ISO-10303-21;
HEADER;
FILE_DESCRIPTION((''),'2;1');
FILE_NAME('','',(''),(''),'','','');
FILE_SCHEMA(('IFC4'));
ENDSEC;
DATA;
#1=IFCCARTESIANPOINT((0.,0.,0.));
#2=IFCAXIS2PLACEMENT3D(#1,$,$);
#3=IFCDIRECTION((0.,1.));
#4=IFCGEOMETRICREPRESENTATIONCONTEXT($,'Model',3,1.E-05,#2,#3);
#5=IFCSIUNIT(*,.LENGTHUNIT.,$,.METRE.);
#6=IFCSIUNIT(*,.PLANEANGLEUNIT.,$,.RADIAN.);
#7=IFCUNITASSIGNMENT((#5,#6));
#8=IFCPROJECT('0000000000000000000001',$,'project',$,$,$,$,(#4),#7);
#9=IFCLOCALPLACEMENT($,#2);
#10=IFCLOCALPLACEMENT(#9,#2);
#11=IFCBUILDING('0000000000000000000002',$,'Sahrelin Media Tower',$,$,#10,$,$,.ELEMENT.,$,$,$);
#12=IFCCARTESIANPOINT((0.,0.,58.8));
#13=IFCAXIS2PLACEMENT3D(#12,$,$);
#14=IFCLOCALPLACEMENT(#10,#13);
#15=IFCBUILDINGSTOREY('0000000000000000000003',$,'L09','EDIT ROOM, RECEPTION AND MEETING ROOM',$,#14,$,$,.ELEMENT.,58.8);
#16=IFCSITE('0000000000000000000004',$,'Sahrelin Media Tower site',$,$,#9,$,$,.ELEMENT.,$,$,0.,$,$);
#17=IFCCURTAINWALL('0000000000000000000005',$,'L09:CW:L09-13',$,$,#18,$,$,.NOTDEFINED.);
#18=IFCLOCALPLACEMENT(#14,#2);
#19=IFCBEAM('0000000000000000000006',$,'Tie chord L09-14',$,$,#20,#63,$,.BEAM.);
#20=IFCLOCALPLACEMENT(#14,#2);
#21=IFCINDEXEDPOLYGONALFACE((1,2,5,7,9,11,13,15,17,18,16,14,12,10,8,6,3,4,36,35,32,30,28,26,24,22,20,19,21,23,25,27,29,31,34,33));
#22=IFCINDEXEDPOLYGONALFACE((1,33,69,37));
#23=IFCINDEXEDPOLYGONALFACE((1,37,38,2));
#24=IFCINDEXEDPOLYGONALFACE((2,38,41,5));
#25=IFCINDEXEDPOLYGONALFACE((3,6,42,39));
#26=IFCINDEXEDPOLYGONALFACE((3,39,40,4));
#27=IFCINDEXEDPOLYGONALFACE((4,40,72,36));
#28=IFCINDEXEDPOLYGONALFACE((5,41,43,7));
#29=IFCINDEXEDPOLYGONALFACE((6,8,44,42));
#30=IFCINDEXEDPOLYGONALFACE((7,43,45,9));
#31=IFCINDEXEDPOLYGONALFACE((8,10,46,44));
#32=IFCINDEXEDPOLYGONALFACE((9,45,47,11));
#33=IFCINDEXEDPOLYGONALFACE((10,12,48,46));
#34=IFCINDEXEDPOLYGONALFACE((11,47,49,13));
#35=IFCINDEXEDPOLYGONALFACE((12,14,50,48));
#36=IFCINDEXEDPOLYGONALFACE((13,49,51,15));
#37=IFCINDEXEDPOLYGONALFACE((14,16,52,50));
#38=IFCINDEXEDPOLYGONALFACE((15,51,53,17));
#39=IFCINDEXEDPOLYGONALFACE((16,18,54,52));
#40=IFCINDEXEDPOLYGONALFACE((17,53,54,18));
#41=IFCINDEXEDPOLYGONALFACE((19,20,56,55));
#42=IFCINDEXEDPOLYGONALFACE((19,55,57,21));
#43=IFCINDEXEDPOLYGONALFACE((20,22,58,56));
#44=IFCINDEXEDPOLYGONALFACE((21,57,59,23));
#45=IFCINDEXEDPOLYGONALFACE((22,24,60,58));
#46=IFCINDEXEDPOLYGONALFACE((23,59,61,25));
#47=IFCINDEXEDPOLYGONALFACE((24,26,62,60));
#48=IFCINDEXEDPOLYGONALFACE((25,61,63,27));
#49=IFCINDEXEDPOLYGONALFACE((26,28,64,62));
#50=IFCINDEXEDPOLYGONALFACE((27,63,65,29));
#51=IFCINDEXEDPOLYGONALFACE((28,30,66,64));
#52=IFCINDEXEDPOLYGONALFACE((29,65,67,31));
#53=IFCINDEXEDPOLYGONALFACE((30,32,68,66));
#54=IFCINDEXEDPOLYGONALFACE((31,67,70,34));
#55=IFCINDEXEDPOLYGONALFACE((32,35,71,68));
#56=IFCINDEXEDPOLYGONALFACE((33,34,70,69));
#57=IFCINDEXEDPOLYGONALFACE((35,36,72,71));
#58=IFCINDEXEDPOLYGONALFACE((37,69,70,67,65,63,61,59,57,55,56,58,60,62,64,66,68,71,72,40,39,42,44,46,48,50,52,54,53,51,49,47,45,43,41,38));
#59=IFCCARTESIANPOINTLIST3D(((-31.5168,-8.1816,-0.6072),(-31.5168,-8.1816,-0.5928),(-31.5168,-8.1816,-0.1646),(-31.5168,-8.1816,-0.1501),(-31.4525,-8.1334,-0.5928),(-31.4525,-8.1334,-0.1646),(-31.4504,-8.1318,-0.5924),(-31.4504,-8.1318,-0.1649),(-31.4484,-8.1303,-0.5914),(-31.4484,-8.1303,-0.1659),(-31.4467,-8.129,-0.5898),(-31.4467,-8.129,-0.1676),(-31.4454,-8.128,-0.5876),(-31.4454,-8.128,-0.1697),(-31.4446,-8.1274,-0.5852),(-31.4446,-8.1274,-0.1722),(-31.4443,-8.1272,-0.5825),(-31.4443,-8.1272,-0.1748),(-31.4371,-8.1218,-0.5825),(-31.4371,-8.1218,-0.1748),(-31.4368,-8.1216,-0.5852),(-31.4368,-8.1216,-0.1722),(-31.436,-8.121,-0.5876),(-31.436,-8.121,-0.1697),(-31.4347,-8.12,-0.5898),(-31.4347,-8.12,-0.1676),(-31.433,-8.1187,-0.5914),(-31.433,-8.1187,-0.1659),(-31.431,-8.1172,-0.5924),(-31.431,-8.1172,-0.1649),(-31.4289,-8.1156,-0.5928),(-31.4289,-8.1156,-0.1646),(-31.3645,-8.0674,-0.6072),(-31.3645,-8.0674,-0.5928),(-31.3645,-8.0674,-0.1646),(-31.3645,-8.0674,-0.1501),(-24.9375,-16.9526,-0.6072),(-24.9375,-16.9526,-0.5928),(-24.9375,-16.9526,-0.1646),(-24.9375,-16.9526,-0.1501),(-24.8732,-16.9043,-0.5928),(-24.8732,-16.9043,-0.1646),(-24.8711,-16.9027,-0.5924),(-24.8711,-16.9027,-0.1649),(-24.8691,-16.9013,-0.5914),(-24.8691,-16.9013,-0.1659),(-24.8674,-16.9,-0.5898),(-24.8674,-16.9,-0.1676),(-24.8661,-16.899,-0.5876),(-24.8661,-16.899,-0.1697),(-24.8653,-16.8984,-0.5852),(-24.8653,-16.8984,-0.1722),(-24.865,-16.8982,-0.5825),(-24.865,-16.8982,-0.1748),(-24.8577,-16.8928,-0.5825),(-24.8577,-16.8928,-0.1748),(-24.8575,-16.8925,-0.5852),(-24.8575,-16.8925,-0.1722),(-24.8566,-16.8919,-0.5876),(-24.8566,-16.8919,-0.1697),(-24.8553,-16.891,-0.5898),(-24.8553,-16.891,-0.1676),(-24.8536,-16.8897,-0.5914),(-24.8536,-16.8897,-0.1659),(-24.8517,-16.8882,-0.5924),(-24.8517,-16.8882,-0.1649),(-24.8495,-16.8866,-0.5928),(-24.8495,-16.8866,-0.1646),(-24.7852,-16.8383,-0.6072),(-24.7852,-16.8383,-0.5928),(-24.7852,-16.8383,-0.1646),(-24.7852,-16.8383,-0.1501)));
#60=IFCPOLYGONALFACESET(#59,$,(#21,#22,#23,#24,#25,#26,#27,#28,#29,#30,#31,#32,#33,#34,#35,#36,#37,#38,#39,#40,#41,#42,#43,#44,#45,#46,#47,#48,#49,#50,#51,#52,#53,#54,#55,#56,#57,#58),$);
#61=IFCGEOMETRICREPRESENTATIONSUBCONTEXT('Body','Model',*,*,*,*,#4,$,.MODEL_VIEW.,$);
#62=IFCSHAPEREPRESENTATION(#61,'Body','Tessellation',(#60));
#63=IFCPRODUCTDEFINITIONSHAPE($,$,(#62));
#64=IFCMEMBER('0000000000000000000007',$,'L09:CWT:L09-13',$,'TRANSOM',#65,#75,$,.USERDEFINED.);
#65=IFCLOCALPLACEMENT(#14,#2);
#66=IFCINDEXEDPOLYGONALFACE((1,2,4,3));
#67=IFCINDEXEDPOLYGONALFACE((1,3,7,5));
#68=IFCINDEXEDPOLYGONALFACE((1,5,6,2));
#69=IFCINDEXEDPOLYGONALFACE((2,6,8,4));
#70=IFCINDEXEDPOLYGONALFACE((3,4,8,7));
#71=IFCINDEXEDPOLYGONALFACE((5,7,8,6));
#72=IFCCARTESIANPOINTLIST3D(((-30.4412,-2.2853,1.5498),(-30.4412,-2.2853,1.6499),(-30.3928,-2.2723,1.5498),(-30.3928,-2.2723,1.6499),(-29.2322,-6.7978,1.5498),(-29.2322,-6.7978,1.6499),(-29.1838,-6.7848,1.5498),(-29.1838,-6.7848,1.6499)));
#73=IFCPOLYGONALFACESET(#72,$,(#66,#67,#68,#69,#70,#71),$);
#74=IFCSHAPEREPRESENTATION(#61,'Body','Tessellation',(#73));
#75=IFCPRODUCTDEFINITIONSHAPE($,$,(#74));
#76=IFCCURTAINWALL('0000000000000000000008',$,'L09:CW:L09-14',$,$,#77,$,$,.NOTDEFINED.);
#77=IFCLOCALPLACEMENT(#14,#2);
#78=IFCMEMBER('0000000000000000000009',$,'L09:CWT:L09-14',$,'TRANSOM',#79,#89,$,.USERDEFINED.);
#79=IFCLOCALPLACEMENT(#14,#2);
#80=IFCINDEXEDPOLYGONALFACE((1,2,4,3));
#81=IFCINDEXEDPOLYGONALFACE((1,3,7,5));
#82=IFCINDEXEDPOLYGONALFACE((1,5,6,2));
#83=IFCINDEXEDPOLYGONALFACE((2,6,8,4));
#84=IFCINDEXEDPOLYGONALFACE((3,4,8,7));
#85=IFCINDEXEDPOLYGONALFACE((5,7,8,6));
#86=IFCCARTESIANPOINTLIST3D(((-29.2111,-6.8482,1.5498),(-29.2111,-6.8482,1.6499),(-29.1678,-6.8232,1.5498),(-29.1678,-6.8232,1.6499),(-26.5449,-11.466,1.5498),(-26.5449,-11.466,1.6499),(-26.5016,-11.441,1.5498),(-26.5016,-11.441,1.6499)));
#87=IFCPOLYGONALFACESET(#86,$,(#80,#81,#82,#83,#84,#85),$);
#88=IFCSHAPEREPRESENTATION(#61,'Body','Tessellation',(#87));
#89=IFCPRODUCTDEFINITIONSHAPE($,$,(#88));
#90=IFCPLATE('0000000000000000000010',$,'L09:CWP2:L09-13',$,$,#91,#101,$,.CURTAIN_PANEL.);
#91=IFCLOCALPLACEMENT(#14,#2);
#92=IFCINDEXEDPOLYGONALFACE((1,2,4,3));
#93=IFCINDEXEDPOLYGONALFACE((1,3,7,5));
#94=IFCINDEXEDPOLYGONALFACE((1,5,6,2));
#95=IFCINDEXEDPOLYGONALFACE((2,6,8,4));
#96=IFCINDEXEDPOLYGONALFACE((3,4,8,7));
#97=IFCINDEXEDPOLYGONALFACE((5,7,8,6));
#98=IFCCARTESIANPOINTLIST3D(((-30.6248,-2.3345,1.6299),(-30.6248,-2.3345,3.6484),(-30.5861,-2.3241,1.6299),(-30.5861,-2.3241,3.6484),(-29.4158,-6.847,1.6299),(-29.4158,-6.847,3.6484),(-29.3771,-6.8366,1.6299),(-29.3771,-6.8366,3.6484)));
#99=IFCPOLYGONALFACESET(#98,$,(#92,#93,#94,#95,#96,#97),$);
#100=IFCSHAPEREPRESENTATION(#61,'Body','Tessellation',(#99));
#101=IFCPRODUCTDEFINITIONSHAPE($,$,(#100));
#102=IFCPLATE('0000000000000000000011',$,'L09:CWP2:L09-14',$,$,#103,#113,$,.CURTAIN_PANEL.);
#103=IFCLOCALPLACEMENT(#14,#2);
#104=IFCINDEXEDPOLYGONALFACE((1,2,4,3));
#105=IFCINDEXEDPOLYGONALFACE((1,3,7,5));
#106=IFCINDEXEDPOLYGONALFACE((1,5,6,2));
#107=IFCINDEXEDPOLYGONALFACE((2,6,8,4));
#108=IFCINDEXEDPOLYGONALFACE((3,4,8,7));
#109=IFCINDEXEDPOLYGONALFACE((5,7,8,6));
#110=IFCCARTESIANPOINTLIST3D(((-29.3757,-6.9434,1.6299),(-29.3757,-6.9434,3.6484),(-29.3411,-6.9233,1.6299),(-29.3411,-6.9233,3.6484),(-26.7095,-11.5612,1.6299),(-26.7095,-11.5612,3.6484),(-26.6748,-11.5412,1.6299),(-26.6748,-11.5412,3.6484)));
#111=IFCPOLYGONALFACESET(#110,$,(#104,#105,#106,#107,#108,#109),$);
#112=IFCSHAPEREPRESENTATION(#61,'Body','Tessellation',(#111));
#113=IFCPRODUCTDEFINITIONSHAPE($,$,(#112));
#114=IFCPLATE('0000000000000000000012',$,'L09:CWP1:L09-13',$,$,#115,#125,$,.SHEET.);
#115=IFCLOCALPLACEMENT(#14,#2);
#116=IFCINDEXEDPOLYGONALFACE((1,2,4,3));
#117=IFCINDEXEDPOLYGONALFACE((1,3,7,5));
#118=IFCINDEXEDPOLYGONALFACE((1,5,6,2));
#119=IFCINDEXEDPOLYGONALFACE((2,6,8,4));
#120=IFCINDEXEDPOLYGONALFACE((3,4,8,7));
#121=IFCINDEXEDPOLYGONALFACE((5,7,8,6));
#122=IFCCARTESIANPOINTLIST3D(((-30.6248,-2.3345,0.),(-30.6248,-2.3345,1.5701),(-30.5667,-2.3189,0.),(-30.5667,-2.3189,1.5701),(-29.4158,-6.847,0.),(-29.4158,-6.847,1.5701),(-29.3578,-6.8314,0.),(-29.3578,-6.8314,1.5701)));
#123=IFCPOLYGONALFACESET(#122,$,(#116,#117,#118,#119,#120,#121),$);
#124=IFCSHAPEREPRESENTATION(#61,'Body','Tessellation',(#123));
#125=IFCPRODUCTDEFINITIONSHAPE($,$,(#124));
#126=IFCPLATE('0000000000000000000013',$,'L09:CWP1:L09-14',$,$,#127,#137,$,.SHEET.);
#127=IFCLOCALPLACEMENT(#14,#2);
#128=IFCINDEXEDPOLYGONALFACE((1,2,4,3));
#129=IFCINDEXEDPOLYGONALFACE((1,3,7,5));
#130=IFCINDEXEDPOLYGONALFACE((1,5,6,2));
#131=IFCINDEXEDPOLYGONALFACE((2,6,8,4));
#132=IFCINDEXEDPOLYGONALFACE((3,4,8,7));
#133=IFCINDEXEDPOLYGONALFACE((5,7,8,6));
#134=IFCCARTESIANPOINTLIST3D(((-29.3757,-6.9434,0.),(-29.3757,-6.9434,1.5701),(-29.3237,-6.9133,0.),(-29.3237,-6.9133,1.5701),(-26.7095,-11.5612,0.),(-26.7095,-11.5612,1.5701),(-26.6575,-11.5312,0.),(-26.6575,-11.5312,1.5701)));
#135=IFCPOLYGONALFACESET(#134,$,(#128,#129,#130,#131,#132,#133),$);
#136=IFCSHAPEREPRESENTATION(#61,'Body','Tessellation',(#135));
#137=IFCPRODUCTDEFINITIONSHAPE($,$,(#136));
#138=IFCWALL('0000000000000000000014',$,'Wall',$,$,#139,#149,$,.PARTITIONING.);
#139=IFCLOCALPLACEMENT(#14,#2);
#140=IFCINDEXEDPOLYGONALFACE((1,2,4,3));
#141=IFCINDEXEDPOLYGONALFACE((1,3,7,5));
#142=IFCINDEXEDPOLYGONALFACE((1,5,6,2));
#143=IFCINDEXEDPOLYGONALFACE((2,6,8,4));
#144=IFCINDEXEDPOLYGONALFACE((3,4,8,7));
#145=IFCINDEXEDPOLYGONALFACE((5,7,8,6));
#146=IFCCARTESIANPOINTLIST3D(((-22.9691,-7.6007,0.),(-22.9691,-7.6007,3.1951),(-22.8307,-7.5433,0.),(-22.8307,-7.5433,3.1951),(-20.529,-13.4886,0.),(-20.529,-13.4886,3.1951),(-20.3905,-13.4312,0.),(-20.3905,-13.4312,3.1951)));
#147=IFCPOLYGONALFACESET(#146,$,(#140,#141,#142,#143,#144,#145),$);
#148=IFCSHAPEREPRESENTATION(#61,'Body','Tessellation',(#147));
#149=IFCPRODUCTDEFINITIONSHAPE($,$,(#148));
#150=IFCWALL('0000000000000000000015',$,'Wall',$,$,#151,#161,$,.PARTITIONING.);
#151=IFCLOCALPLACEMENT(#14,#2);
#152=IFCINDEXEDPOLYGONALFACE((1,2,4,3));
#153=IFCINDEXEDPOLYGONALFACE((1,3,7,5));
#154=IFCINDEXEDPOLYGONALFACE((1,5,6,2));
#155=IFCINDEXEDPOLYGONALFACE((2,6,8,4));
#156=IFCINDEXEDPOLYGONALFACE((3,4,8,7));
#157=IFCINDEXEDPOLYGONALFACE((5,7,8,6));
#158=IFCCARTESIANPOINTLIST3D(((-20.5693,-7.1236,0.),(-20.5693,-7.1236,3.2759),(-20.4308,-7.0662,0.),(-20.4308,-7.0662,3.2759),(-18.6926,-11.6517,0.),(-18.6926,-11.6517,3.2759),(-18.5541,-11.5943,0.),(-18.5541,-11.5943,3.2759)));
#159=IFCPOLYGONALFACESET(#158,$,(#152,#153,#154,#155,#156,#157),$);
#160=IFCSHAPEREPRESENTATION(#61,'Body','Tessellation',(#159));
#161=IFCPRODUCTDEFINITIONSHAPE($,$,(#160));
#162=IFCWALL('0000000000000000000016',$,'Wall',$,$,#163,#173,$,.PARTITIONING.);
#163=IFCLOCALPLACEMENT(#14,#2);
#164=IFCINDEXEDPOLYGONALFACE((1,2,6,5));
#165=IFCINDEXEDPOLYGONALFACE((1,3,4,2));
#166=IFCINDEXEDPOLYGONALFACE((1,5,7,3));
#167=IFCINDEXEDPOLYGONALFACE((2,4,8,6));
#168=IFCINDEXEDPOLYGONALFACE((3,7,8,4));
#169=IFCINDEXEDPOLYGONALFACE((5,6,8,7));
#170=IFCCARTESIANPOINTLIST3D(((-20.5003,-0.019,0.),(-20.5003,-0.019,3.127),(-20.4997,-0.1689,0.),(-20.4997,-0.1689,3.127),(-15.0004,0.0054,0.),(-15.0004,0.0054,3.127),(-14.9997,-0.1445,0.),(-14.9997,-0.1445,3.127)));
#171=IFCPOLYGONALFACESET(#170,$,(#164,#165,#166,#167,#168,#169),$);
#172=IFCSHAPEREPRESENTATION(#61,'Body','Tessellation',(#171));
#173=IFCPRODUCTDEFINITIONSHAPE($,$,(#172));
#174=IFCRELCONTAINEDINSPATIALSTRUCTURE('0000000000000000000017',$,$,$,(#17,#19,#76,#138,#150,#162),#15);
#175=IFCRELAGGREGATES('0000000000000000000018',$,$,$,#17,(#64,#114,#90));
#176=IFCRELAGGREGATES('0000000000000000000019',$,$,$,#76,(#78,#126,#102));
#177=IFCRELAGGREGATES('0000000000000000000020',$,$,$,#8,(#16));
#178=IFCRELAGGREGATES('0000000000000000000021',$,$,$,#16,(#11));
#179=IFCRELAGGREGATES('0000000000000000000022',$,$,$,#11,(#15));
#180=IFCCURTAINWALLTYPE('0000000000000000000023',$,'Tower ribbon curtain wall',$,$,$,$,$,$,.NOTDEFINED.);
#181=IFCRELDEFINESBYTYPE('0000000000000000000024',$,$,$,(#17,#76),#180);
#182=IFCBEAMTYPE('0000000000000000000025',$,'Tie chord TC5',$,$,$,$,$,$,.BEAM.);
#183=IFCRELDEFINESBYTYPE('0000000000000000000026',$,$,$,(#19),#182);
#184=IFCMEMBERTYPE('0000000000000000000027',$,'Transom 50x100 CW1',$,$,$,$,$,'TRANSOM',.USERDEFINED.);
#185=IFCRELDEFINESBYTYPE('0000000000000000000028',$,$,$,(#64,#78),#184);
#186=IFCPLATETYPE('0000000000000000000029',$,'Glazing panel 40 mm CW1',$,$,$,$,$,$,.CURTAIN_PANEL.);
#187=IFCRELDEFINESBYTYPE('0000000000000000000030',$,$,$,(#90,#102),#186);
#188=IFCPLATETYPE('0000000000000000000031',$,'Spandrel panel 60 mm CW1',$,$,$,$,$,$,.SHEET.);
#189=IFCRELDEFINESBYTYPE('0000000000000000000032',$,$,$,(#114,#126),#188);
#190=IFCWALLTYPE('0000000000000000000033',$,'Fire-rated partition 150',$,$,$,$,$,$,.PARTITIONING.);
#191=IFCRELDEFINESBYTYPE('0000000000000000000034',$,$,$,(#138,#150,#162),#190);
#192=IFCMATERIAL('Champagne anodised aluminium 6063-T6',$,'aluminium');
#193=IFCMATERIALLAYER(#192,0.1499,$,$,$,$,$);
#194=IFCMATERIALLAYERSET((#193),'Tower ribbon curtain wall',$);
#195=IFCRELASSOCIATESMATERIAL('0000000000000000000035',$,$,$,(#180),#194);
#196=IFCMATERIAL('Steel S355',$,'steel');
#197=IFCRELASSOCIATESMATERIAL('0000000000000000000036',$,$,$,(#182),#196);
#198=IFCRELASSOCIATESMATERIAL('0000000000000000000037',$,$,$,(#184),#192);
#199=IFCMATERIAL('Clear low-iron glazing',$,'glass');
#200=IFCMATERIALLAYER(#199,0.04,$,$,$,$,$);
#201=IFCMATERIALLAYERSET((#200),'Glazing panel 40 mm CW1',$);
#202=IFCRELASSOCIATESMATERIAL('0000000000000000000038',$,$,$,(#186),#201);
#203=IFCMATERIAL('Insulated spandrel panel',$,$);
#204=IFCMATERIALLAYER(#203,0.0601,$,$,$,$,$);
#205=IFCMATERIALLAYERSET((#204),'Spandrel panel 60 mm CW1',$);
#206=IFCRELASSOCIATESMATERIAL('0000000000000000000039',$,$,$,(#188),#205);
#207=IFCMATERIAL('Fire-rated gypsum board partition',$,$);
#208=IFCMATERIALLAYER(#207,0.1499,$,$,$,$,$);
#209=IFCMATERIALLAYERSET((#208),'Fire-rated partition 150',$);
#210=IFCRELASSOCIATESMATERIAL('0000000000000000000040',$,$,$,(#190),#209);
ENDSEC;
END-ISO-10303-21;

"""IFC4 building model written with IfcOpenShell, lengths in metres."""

from ifc_helpers import new_model, si_unit, direction, frame, frame_2d, origin, origin_2d, place, context, subcontext, project, spatial, polyline, rectangle, i_section, outline, extrude, material, layer, layer_set, material_profile, profile_set, type_object, element, aggregate, save


model = new_model("IFC4")

# Units and contexts
model_context = context("Model", 3, precision=1e-05, world=origin(), true_north=direction((0.0, 1.0)))
body_context = subcontext(model_context, "Body", "Model", "MODEL_VIEW")
ifc_project = project(units=[si_unit("LENGTHUNIT", "METRE"), si_unit("PLANEANGLEUNIT", "RADIAN")], contexts=[model_context])

# Site, building, storey
site_placement = place(None, origin())
site = spatial("IfcSite", under=ifc_project, at=site_placement, Name="Sahrelin Media Tower site", CompositionType="ELEMENT", RefElevation=0.0)
building_placement = place(site_placement, origin())
building = spatial("IfcBuilding", under=site, at=building_placement, Name="Sahrelin Media Tower", CompositionType="ELEMENT")
storey_placement = place(building_placement, frame((0.0, 0.0, 58.8)))
storey = spatial("IfcBuildingStorey", under=building, at=storey_placement, Name="L09", Description="EDIT ROOM, RECEPTION AND MEETING ROOM", CompositionType="ELEMENT", Elevation=58.8)

# Shared definitions
ifc_material_1 = material(Name="Steel S355", Category="steel")

# Curtain wall
ifc_material_2 = material(Name="Champagne anodised aluminium 6063-T6", Category="aluminium")
ifc_layer_1 = layer(ifc_material_2, 0.1499)
ifc_layer_set_1 = layer_set([ifc_layer_1], Name="Tower ribbon curtain wall")
curtain_wall_type = type_object("IfcCurtainWallType", Name="Tower ribbon curtain wall", PredefinedType="NOTDEFINED", material=ifc_layer_set_1)
curtain_wall_1_placement = place(storey_placement, frame((-30.001, -4.5854, 0.0), z_axis=(0.0, 0.0, 1.0), x_axis=(1.0, 0.0, 0.0)))
curtain_wall_1 = element("IfcCurtainWall", 1, at=curtain_wall_1_placement, inside=storey, type_object=curtain_wall_type, Name="L09:CW:L09-13", PredefinedType="NOTDEFINED")

# Beam
ifc_material_profile_1 = material_profile(ifc_material_1, i_section(OverallWidth=0.1904, OverallDepth=0.457, WebThickness=0.009, FlangeThickness=0.0144, FilletRadius=0.0103, at=origin_2d()), Name="UB 457x191x74")
ifc_profile_set_1 = profile_set([ifc_material_profile_1], Name="Steel S355")
beam_type_1 = type_object("IfcBeamType", Name="Tie chord TC5", PredefinedType="BEAM", material=ifc_profile_set_1)
beam_1_placement = place(storey_placement, frame((-31.4407, -8.1245, -0.3787), z_axis=(0.600064, -0.799952, 0.0), x_axis=(0.799952, 0.600064, 0.0)))
element("IfcBeam", 2, at=beam_1_placement, inside=storey, type_object=beam_type_1, Name="Tie chord L09-14", PredefinedType="BEAM", context=body_context, shape_type="SweptSolid", body=[
    extrude(i_section(OverallWidth=0.1904, OverallDepth=0.457, WebThickness=0.009, FlangeThickness=0.0144, FilletRadius=0.0103, at=origin_2d()), origin(), (0.0, 0.0, 1.0), 10.9644),
])

# Member
ifc_material_profile_2 = material_profile(ifc_material_2, rectangle(XDim=0.05, YDim=0.1001, at=origin_2d()), Name="Transom 50x100")
ifc_profile_set_2 = profile_set([ifc_material_profile_2], Name="Champagne anodised aluminium 6063-T6")
member_type_1 = type_object("IfcMemberType", Name="Transom 50x100 CW1", ElementType="TRANSOM", PredefinedType="USERDEFINED", material=ifc_profile_set_2)
member_1_placement = place(storey_placement, frame((-30.417, -2.2788, 1.5999), z_axis=(0.258794, -0.965932, 0.0), x_axis=(0.965932, 0.258794, 0.0)))
member_1 = element("IfcMember", 3, at=member_1_placement, type_object=member_type_1, Name="L09:CWT:L09-13", ObjectType="TRANSOM", PredefinedType="USERDEFINED", context=body_context, shape_type="SweptSolid", body=[
    extrude(rectangle(XDim=0.05, YDim=0.1001, at=origin_2d()), origin(), (0.0, 0.0, 1.0), 4.6716),
])

# Curtain wall, member
curtain_wall_2_placement = place(storey_placement, frame((-28.0254, -9.2422, 0.0), z_axis=(0.0, 0.0, 1.0), x_axis=(1.0, 0.0, 0.0)))
curtain_wall_2 = element("IfcCurtainWall", 4, at=curtain_wall_2_placement, inside=storey, type_object=curtain_wall_type, Name="L09:CW:L09-14", PredefinedType="NOTDEFINED")
member_2_placement = place(storey_placement, frame((-29.1895, -6.8357, 1.5999), z_axis=(0.500014, -0.866017, 0.0), x_axis=(0.866017, 0.500014, 0.0)))
member_2 = element("IfcMember", 5, at=member_2_placement, type_object=member_type_1, Name="L09:CWT:L09-14", ObjectType="TRANSOM", PredefinedType="USERDEFINED", context=body_context, shape_type="SweptSolid", body=[
    extrude(rectangle(XDim=0.05, YDim=0.1001, at=origin_2d()), origin(), (0.0, 0.0, 1.0), 5.3323),
])

# Plates
ifc_material_3 = material(Name="Clear low-iron glazing", Category="glass")
ifc_layer_2 = layer(ifc_material_3, 0.04)
ifc_layer_set_2 = layer_set([ifc_layer_2], Name="Glazing panel 40 mm CW1")
plate_type_1 = type_object("IfcPlateType", Name="Glazing panel 40 mm CW1", PredefinedType="CURTAIN_PANEL", material=ifc_layer_set_2)
plate_1_placement = place(storey_placement, frame((-30.6248, -2.3345, 1.6299), z_axis=(-0.965932, -0.258794, 0.0), x_axis=(0.258794, -0.965932, 0.0)))
plate_1 = element("IfcPlate", 6, at=plate_1_placement, type_object=plate_type_1, Name="L09:CWP2:L09-13", PredefinedType="CURTAIN_PANEL", context=body_context, shape_type="SweptSolid", body=[
    extrude(outline(polyline([(0.0, 0.0), (4.6716, 0.0), (4.6716, 2.0186), (0.0, 2.0186), (0.0, 0.0)])), origin(), (0.0, 0.0, -1.0), 0.04),
])
plate_2_placement = place(storey_placement, frame((-29.3757, -6.9434, 1.6299), z_axis=(-0.866017, -0.500014, 0.0), x_axis=(0.500014, -0.866017, 0.0)))
plate_2 = element("IfcPlate", 7, at=plate_2_placement, type_object=plate_type_1, Name="L09:CWP2:L09-14", PredefinedType="CURTAIN_PANEL", context=body_context, shape_type="SweptSolid", body=[
    extrude(outline(polyline([(0.0, 0.0), (5.3323, 0.0), (5.3323, 2.0186), (0.0, 2.0186), (0.0, 0.0)])), origin(), (0.0, 0.0, -1.0), 0.04),
])
ifc_material_4 = material(Name="Insulated spandrel panel")
ifc_layer_3 = layer(ifc_material_4, 0.0601)
ifc_layer_set_3 = layer_set([ifc_layer_3], Name="Spandrel panel 60 mm CW1")
plate_type_2 = type_object("IfcPlateType", Name="Spandrel panel 60 mm CW1", PredefinedType="SHEET", material=ifc_layer_set_3)
plate_3_placement = place(storey_placement, frame((-30.6248, -2.3345, 0.0), z_axis=(-0.965932, -0.258794, 0.0), x_axis=(0.258794, -0.965932, 0.0)))
plate_3 = element("IfcPlate", 8, at=plate_3_placement, type_object=plate_type_2, Name="L09:CWP1:L09-13", PredefinedType="SHEET", context=body_context, shape_type="SweptSolid", body=[
    extrude(outline(polyline([(0.0, 0.0), (4.6716, 0.0), (4.6716, 1.5701), (0.0, 1.5701), (0.0, 0.0)])), origin(), (0.0, 0.0, -1.0), 0.0601),
])
aggregate(curtain_wall_1, [member_1, plate_3, plate_1])
plate_4_placement = place(storey_placement, frame((-29.3757, -6.9434, 0.0), z_axis=(-0.866017, -0.500014, 0.0), x_axis=(0.500014, -0.866017, 0.0)))
plate_4 = element("IfcPlate", 9, at=plate_4_placement, type_object=plate_type_2, Name="L09:CWP1:L09-14", PredefinedType="SHEET", context=body_context, shape_type="SweptSolid", body=[
    extrude(outline(polyline([(0.0, 0.0), (5.3323, 0.0), (5.3323, 1.5701), (0.0, 1.5701), (0.0, 0.0)])), origin(), (0.0, 0.0, -1.0), 0.0601),
])
aggregate(curtain_wall_2, [member_2, plate_4, plate_2])

# Walls
ifc_material_5 = material(Name="Fire-rated gypsum board partition")
ifc_layer_4 = layer(ifc_material_5, 0.1499)
ifc_layer_set_4 = layer_set([ifc_layer_4], Name="Fire-rated partition 150")
wall_type_1 = type_object("IfcWallType", Name="Fire-rated partition 150", PredefinedType="PARTITIONING", material=ifc_layer_set_4)
wall_1_placement = place(storey_placement, frame((-22.8999, -7.572, 0.0), z_axis=(0.0, 0.0, 1.0), x_axis=(0.38286, -0.923806, 0.0)))
element("IfcWall", 10, at=wall_1_placement, inside=storey, type_object=wall_type_1, Name="Wall", PredefinedType="PARTITIONING", context=body_context, shape_type="SweptSolid", body=[
    extrude(rectangle(XDim=6.3735, YDim=0.1499, at=frame_2d((3.1868, 0.0))), origin(), (0.0, 0.0, 1.0), 3.1951),
])
wall_2_placement = place(storey_placement, frame((-20.5, -7.095, 0.0), z_axis=(0.0, 0.0, 1.0), x_axis=(0.382878, -0.923799, 0.0)))
element("IfcWall", 11, at=wall_2_placement, inside=storey, type_object=wall_type_1, Name="Wall", PredefinedType="PARTITIONING", context=body_context, shape_type="SweptSolid", body=[
    extrude(rectangle(XDim=4.9016, YDim=0.1499, at=frame_2d((2.4507, 0.0))), origin(), (0.0, 0.0, 1.0), 3.2759),
])
wall_3_placement = place(storey_placement, frame((-20.5, -0.094, 0.0), z_axis=(0.0, 0.0, 1.0), x_axis=(0.99999, 0.004439, 0.0)))
element("IfcWall", 12, at=wall_3_placement, inside=storey, type_object=wall_type_1, Name="Wall", PredefinedType="PARTITIONING", context=body_context, shape_type="SweptSolid", body=[
    extrude(rectangle(XDim=5.5, YDim=0.1499, at=frame_2d((2.75, 0.0))), origin(), (0.0, 0.0, 1.0), 3.127),
])

save(model, "model.ifc")
